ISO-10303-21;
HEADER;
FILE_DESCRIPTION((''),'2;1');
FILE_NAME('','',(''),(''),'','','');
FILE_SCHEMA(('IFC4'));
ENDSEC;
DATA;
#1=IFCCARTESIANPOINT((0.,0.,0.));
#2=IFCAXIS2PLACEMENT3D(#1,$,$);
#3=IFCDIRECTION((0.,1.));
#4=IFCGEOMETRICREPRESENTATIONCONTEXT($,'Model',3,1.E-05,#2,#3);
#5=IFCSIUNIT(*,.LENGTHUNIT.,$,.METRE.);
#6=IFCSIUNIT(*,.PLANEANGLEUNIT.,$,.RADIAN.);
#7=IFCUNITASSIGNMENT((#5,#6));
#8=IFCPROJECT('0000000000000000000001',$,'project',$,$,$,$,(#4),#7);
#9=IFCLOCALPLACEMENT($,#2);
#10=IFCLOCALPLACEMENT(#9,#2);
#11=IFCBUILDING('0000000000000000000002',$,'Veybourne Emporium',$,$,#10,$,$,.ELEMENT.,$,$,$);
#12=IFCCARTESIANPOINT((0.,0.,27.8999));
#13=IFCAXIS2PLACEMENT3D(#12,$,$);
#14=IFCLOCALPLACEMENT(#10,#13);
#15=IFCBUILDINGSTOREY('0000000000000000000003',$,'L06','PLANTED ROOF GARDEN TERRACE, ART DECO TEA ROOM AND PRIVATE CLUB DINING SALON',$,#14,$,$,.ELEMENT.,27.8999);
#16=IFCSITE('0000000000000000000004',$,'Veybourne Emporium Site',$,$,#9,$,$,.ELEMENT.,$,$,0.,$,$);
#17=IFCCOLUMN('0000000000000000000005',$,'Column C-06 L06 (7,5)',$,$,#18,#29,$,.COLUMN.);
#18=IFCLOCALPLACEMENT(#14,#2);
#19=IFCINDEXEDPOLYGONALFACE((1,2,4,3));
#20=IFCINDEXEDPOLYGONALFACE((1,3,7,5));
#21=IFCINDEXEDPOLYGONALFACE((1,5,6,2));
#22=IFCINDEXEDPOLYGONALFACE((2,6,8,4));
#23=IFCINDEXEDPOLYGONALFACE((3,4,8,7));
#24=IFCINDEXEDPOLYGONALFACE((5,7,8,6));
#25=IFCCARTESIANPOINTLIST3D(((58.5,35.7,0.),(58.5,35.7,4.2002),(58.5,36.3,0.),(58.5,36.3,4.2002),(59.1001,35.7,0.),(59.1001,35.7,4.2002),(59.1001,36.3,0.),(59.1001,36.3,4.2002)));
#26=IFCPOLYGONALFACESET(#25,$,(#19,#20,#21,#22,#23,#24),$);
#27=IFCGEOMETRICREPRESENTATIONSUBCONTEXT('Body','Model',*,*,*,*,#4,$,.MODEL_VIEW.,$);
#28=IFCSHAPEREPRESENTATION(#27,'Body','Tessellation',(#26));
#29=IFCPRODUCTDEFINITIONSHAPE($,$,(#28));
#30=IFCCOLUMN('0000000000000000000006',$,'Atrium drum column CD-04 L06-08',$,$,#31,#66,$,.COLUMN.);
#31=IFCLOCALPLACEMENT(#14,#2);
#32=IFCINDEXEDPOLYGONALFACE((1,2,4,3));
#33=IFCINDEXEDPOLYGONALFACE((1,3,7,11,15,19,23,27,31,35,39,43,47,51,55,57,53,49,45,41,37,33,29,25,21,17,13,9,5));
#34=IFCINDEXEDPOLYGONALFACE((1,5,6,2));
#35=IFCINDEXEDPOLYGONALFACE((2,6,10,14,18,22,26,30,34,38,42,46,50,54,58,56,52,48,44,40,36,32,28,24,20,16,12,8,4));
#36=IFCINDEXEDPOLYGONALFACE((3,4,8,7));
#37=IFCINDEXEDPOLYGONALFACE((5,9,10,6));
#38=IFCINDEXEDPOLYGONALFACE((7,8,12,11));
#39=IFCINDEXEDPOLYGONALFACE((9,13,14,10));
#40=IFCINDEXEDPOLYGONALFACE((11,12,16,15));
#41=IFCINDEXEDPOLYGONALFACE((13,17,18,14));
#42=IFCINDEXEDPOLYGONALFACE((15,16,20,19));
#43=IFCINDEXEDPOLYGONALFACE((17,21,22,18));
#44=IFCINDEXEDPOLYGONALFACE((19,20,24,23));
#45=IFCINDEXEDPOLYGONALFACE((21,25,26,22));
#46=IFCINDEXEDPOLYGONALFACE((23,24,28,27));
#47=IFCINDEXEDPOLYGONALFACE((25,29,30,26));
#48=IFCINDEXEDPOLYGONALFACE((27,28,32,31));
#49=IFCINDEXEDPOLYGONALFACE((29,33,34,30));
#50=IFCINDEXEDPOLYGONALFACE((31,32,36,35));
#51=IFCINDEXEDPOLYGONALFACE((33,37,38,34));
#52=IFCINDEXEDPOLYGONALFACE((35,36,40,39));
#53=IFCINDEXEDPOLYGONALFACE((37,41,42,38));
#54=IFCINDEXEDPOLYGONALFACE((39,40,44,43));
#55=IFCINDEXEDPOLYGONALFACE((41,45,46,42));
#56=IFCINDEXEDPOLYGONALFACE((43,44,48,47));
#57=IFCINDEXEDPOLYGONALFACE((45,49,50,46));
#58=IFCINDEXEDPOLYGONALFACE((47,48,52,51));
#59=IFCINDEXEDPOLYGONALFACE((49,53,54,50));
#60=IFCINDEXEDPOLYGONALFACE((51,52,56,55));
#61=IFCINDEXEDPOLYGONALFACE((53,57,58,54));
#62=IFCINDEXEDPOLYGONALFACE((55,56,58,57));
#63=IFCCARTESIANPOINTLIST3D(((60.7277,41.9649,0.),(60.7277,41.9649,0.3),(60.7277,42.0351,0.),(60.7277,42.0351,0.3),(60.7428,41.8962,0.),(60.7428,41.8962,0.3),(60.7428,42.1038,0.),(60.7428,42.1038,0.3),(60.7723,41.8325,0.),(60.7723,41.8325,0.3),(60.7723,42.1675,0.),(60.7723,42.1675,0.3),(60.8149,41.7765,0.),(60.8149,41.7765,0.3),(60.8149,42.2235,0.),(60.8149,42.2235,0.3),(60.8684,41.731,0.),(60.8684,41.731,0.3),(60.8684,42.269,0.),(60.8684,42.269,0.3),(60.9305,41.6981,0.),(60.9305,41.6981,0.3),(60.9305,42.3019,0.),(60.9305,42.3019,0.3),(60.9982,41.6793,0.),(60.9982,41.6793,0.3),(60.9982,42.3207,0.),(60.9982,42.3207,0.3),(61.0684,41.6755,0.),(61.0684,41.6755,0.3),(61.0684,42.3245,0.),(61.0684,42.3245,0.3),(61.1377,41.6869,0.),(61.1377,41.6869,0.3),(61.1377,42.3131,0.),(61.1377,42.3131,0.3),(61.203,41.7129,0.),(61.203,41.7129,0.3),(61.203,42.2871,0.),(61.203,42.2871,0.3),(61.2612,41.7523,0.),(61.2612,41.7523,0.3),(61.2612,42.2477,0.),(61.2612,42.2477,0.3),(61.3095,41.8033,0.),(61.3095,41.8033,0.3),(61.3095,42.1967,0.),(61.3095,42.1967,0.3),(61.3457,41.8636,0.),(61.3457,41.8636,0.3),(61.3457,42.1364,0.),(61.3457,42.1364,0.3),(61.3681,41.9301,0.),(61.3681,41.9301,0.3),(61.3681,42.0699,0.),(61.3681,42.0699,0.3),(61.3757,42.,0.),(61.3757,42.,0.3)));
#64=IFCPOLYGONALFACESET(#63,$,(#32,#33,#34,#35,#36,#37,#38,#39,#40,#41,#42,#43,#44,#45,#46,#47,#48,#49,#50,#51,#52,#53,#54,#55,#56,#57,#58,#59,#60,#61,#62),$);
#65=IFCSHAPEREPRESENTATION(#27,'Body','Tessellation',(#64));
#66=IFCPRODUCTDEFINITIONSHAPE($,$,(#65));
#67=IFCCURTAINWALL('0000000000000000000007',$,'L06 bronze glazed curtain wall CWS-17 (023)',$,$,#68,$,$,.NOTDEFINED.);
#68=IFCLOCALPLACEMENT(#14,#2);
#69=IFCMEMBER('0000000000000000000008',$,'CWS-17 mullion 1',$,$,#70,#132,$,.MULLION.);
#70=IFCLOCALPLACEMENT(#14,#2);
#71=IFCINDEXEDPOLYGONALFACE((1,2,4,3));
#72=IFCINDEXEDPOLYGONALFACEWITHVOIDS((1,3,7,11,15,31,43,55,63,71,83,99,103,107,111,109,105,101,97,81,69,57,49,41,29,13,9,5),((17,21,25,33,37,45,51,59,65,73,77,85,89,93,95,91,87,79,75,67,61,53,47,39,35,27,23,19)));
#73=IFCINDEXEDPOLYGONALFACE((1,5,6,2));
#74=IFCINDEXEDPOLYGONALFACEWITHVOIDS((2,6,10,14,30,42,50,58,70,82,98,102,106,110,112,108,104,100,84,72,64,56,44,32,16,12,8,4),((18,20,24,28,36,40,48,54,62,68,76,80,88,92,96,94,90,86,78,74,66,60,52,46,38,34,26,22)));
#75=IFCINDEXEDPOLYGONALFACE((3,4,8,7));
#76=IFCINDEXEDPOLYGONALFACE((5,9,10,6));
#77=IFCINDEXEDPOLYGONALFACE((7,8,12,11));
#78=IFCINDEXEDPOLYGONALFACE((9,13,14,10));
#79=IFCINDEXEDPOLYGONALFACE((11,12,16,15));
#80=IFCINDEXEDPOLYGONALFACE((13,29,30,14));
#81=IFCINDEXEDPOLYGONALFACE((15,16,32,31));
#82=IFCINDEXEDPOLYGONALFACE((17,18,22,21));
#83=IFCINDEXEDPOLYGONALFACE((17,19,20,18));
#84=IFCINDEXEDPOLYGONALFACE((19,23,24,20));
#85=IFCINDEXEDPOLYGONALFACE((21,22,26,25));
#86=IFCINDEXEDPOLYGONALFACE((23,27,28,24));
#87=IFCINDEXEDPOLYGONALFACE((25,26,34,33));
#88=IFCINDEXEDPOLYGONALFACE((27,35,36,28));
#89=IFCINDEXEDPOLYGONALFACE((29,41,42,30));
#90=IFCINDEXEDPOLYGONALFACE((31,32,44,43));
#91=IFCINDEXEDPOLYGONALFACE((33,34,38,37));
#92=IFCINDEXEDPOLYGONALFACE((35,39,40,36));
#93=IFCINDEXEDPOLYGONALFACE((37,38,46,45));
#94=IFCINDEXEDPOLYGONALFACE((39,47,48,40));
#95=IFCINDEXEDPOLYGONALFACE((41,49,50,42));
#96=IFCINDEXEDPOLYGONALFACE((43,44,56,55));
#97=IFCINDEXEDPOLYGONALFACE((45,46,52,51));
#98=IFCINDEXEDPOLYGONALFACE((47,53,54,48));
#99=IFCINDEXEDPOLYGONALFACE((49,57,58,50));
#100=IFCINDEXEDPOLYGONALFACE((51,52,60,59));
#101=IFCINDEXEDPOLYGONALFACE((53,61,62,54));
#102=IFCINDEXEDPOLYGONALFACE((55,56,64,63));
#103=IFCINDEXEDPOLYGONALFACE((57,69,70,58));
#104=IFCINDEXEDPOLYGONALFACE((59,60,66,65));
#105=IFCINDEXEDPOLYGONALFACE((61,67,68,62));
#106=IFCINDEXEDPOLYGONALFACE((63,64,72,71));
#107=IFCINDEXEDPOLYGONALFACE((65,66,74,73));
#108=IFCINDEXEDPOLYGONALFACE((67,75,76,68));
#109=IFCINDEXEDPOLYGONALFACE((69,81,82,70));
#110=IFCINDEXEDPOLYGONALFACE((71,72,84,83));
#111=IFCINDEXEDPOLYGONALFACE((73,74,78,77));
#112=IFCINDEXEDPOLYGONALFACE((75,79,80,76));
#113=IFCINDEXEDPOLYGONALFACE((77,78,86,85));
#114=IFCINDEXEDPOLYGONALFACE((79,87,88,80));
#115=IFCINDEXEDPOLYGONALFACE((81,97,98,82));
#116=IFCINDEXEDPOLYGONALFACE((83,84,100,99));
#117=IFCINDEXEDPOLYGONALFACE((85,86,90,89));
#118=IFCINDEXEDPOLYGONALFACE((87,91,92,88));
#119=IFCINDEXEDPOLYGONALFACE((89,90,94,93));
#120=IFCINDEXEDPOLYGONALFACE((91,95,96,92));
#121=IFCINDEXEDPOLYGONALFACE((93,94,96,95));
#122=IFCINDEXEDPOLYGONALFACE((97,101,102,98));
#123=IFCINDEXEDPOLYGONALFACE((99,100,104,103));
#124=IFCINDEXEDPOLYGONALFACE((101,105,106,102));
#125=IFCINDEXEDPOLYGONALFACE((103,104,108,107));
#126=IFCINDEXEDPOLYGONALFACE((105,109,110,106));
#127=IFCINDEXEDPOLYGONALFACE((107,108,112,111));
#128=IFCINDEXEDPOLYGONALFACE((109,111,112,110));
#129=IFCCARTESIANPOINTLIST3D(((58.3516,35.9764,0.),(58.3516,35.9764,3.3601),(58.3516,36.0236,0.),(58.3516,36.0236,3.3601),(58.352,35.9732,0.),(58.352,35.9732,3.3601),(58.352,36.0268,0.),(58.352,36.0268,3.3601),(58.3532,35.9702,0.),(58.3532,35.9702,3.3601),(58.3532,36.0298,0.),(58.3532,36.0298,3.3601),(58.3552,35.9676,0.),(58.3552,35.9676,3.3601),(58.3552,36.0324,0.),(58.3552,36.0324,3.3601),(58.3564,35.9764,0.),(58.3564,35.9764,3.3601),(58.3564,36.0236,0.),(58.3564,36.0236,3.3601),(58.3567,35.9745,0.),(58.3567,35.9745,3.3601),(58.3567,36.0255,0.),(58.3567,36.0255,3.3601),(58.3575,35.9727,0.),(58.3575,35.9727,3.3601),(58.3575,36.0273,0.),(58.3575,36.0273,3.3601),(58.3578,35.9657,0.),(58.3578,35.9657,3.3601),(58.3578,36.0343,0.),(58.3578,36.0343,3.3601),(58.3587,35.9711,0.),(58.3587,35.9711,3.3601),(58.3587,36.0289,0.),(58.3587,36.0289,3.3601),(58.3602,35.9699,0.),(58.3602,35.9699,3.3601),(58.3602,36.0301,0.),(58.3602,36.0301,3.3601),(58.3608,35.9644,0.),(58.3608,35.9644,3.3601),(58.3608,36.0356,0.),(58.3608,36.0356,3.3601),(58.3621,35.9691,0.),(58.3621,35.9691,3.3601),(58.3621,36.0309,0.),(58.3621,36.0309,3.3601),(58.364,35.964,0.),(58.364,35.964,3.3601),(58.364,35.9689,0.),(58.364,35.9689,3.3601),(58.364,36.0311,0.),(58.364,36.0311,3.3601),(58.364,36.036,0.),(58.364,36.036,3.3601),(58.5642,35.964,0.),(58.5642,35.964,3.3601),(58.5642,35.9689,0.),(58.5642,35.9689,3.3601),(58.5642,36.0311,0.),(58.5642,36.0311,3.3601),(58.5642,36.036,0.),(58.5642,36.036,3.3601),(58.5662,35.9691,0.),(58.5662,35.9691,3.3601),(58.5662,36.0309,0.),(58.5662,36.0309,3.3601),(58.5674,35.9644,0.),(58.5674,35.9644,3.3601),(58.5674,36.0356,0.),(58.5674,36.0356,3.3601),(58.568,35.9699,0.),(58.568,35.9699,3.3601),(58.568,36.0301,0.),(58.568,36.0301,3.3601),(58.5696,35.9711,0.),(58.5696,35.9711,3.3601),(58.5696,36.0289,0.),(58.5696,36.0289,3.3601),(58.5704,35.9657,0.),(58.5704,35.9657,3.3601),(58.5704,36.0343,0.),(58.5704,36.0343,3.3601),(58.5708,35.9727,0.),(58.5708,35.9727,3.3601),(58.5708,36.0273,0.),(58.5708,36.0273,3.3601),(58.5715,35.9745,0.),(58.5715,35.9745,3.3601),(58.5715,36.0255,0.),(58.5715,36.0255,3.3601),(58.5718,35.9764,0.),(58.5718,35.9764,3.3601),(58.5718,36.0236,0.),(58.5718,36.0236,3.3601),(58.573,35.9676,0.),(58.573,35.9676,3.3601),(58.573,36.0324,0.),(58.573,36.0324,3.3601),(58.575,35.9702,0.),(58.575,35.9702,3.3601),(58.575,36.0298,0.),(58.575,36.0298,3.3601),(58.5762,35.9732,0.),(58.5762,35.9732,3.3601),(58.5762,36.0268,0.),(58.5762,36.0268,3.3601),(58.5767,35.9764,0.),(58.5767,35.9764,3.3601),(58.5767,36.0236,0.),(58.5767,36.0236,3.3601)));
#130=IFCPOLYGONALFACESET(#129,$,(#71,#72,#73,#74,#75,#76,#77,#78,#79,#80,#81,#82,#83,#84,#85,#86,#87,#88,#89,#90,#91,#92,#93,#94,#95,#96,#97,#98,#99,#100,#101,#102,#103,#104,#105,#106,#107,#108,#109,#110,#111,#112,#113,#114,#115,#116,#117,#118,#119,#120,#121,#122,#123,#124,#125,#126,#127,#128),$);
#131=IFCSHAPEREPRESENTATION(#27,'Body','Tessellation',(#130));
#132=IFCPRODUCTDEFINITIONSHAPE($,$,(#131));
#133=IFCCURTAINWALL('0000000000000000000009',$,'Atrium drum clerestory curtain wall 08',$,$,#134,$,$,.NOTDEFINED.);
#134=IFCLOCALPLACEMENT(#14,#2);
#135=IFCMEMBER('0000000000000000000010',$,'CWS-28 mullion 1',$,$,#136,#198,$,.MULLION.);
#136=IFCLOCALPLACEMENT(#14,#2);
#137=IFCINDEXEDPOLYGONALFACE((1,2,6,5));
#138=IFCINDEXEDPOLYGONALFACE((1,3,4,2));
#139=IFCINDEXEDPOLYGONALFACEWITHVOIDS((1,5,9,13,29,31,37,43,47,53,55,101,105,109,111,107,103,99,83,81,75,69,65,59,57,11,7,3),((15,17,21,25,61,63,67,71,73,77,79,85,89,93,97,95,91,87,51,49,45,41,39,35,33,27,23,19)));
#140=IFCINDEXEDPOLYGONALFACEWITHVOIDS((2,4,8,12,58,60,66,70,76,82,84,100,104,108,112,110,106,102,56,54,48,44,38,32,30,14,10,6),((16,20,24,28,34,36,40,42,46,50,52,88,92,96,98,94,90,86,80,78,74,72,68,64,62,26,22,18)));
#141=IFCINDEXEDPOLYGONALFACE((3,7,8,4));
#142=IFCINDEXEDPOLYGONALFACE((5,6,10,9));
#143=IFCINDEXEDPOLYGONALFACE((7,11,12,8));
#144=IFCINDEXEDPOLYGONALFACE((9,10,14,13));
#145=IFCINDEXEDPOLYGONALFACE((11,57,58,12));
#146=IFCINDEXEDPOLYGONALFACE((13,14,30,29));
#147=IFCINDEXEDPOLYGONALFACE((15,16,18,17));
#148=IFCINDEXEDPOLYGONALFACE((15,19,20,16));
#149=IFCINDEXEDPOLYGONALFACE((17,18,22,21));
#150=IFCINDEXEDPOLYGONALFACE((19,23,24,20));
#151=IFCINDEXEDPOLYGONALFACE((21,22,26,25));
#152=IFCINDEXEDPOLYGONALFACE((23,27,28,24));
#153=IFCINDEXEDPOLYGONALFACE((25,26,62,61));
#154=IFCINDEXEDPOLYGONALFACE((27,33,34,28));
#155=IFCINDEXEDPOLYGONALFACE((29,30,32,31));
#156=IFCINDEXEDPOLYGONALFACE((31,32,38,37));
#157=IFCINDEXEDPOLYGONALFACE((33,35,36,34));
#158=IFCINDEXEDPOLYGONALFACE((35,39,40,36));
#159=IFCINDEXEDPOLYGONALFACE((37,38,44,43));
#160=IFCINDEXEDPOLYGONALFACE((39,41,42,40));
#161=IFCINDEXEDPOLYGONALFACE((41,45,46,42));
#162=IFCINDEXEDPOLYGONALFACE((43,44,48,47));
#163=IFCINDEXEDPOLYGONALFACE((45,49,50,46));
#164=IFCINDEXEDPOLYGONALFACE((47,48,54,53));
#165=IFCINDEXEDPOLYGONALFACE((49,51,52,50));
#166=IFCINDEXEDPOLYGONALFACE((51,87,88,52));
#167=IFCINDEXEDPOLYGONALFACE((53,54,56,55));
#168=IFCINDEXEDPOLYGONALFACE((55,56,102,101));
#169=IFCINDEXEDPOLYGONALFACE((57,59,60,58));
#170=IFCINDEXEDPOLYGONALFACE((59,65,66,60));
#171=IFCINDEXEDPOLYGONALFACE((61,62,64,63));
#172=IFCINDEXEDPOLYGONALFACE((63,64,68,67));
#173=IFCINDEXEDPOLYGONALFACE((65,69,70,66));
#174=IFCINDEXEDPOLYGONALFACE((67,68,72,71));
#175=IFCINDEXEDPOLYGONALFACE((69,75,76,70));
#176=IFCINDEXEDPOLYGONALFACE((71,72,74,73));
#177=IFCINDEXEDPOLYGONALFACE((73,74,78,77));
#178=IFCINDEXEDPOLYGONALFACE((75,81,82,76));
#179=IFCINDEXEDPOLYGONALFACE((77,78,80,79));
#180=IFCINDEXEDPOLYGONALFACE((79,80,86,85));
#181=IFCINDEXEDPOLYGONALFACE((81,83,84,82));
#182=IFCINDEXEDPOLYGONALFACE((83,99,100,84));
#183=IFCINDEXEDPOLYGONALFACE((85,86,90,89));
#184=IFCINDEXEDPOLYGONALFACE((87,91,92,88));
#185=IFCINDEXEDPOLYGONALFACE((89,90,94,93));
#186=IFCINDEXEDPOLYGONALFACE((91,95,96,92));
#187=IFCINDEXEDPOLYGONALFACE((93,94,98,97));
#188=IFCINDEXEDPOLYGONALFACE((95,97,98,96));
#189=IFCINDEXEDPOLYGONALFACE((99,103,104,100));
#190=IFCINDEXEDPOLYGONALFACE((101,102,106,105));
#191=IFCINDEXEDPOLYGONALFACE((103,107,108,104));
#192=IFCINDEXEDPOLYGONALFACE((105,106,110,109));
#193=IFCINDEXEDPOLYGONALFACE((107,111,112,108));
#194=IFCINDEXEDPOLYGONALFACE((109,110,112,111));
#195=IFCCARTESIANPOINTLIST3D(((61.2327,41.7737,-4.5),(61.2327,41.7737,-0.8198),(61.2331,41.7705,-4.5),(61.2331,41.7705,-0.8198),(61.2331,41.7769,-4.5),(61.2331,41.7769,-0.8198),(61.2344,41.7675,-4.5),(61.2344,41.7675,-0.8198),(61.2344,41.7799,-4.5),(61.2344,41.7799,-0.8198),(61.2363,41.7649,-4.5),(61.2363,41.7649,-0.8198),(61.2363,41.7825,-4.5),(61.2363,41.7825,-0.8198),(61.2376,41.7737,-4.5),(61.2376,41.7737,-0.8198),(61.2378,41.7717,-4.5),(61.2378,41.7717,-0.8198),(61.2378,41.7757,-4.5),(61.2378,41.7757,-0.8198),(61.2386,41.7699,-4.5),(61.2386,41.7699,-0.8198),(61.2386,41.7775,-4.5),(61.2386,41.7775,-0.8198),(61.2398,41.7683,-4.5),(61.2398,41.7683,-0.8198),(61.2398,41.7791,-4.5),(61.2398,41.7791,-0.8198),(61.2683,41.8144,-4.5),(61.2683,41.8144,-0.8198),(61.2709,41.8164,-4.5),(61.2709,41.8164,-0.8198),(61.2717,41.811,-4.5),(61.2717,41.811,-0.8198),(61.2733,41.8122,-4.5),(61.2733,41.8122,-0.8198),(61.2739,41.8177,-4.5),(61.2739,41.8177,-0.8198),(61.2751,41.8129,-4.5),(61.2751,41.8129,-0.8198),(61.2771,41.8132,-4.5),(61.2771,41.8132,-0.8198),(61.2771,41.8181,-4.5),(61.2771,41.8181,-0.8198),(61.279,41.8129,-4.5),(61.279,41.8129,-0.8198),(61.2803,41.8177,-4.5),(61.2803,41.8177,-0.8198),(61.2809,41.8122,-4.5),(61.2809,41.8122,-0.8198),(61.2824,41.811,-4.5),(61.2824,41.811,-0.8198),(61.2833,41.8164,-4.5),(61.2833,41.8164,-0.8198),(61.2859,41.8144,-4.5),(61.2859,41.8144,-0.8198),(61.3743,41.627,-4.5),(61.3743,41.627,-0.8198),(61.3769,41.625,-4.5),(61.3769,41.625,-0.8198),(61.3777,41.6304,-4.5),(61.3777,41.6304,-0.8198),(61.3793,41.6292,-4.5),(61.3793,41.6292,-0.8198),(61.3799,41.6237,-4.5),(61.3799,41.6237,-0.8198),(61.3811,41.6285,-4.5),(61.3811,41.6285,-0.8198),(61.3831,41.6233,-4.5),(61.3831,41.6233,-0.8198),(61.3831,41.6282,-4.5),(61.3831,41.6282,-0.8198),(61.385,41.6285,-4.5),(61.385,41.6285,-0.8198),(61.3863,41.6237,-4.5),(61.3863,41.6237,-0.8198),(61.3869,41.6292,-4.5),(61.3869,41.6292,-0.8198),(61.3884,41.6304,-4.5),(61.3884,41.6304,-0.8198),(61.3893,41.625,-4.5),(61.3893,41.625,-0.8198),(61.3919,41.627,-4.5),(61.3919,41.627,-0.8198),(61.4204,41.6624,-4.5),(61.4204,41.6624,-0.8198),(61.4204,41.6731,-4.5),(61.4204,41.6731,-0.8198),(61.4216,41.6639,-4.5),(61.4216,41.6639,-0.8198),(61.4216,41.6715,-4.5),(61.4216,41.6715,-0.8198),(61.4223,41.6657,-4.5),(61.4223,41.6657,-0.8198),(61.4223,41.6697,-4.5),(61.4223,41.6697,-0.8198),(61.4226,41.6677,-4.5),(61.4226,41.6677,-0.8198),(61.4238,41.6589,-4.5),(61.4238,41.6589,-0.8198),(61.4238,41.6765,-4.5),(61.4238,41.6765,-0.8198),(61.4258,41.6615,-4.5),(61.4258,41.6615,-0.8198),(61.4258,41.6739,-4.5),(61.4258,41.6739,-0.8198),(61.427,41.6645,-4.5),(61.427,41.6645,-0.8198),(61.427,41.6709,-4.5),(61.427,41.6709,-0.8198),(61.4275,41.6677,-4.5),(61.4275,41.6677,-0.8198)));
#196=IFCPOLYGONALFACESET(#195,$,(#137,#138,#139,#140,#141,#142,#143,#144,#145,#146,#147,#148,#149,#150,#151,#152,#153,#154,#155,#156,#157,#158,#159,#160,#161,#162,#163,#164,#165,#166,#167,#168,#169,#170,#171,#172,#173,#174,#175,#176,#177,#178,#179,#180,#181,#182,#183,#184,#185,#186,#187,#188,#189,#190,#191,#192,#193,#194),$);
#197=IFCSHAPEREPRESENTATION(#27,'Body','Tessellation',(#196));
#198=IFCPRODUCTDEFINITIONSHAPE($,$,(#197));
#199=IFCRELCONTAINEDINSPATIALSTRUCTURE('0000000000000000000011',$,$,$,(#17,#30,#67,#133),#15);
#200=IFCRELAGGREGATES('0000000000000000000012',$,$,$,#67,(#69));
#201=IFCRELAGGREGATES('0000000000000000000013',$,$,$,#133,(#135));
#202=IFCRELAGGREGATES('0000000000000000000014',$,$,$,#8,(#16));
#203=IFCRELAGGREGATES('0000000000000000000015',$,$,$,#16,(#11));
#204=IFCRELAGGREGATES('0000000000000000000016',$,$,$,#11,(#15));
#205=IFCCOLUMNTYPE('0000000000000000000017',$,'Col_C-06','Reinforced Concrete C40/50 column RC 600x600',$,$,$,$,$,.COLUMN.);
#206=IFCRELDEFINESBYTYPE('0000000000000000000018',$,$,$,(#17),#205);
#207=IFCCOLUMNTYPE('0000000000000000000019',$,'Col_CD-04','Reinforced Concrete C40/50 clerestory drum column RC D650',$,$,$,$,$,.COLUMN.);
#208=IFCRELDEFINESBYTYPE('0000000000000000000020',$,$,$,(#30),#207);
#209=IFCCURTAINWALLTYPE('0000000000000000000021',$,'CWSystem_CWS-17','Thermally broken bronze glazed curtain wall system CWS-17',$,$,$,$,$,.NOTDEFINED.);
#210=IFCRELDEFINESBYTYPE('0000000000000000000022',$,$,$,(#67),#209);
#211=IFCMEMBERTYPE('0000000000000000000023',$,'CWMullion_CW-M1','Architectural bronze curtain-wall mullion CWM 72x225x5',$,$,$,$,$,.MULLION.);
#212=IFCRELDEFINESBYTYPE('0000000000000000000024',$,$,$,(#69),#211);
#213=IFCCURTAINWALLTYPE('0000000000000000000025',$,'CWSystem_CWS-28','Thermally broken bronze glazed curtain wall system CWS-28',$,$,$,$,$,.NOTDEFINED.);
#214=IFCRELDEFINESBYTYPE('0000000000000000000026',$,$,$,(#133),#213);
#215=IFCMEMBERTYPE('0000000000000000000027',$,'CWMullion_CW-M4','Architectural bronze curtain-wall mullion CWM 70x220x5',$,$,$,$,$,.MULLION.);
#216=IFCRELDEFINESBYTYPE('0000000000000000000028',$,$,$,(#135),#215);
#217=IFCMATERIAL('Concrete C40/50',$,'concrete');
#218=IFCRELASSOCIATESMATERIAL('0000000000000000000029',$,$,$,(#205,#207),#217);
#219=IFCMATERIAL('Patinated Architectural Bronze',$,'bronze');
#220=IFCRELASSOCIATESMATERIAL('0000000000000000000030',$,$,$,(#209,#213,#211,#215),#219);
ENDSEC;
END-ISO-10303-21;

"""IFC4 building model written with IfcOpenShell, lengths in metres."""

from ifc_helpers import new_model, si_unit, direction, frame, origin, origin_2d, place, context, subcontext, project, spatial, rectangle, hollow_rectangle, circle, extrude, material, material_profile, profile_set, type_object, element, aggregate, save


model = new_model("IFC4")

# Units and contexts
model_context = context("Model", 3, precision=1e-05, world=origin(), true_north=direction((0.0, 1.0)))
body_context = subcontext(model_context, "Body", "Model", "MODEL_VIEW")
ifc_project = project(units=[si_unit("LENGTHUNIT", "METRE"), si_unit("PLANEANGLEUNIT", "RADIAN")], contexts=[model_context])

# Site, building, storey
site_placement = place(None, origin())
site = spatial("IfcSite", under=ifc_project, at=site_placement, Name="Veybourne Emporium Site", CompositionType="ELEMENT", RefElevation=0.0)
building_placement = place(site_placement, origin())
building = spatial("IfcBuilding", under=site, at=building_placement, Name="Veybourne Emporium", CompositionType="ELEMENT")
storey_placement = place(building_placement, frame((0.0, 0.0, 27.8999)))
storey = spatial("IfcBuildingStorey", under=building, at=storey_placement, Name="L06", Description="PLANTED ROOF GARDEN TERRACE, ART DECO TEA ROOM AND PRIVATE CLUB DINING SALON", CompositionType="ELEMENT", Elevation=27.8999)

# Columns
ifc_material_1 = material(Name="Concrete C40/50", Category="concrete")
ifc_material_profile_1 = material_profile(ifc_material_1, rectangle(XDim=0.6001, YDim=0.6001, at=origin_2d()), Name="RC 600x600")
ifc_profile_set_1 = profile_set([ifc_material_profile_1], Name="Concrete C40/50")
column_type_1 = type_object("IfcColumnType", Name="Col_C-06", Description="Reinforced Concrete C40/50 column RC 600x600", PredefinedType="COLUMN", material=ifc_profile_set_1)
column_1_placement = place(storey_placement, frame((58.8, 36.0, 0.0), z_axis=(0.0, 0.0, 1.0), x_axis=(1.0, 0.0, 0.0)))
element("IfcColumn", 1, at=column_1_placement, inside=storey, type_object=column_type_1, Name="Column C-06 L06 (7,5)", PredefinedType="COLUMN", context=body_context, shape_type="SweptSolid", body=[
    extrude(rectangle(XDim=0.6001, YDim=0.6001, at=origin_2d()), origin(), (0.0, 0.0, 1.0), 4.2002),
])
ifc_material_profile_2 = material_profile(ifc_material_1, circle(Radius=0.325, at=origin_2d()), Name="RC D650")
ifc_profile_set_2 = profile_set([ifc_material_profile_2], Name="Concrete C40/50")
column_type_2 = type_object("IfcColumnType", Name="Col_CD-04", Description="Reinforced Concrete C40/50 clerestory drum column RC D650", PredefinedType="COLUMN", material=ifc_profile_set_2)
column_2_placement = place(storey_placement, frame((61.0508, 42.0, 0.0), z_axis=(0.0, 0.0, 1.0), x_axis=(1.0, 0.0, 0.0)))
element("IfcColumn", 2, at=column_2_placement, inside=storey, type_object=column_type_2, Name="Atrium drum column CD-04 L06-08", PredefinedType="COLUMN", context=body_context, shape_type="SweptSolid", body=[
    extrude(circle(Radius=0.325, at=origin_2d()), origin(), (0.0, 0.0, 1.0), 0.3),
])

# Curtain wall, member
ifc_material_2 = material(Name="Patinated Architectural Bronze", Category="bronze")
curtain_wall_type_1 = type_object("IfcCurtainWallType", Name="CWSystem_CWS-17", Description="Thermally broken bronze glazed curtain wall system CWS-17", PredefinedType="NOTDEFINED", material=ifc_material_2)
curtain_wall_1_placement = place(storey_placement, origin())
curtain_wall_1 = element("IfcCurtainWall", 3, at=curtain_wall_1_placement, inside=storey, type_object=curtain_wall_type_1, Name="L06 bronze glazed curtain wall CWS-17 (023)", PredefinedType="NOTDEFINED")
ifc_material_profile_3 = material_profile(ifc_material_2, hollow_rectangle(XDim=0.072, YDim=0.2251, WallThickness=0.0049, InnerFilletRadius=0.0076, OuterFilletRadius=0.0125, at=origin_2d()), Name="CWM 72x225x5")
ifc_profile_set_3 = profile_set([ifc_material_profile_3], Name="Patinated Architectural Bronze")
member_type_1 = type_object("IfcMemberType", Name="CWMullion_CW-M1", Description="Architectural bronze curtain-wall mullion CWM 72x225x5", PredefinedType="MULLION", material=ifc_profile_set_3)
member_1_placement = place(storey_placement, frame((58.4641, 36.0, 0.0), z_axis=(0.0, 0.0, 1.0), x_axis=(0.0, -1.0, 0.0)))
member_1 = element("IfcMember", 4, at=member_1_placement, type_object=member_type_1, Name="CWS-17 mullion 1", PredefinedType="MULLION", context=body_context, shape_type="SweptSolid", body=[
    extrude(hollow_rectangle(XDim=0.072, YDim=0.2251, WallThickness=0.0049, InnerFilletRadius=0.0076, OuterFilletRadius=0.0125, at=origin_2d()), origin(), (0.0, 0.0, 1.0), 3.3601),
])

# Curtain wall, member
curtain_wall_type_2 = type_object("IfcCurtainWallType", Name="CWSystem_CWS-28", Description="Thermally broken bronze glazed curtain wall system CWS-28", PredefinedType="NOTDEFINED", material=ifc_material_2)
curtain_wall_2_placement = place(storey_placement, origin())
curtain_wall_2 = element("IfcCurtainWall", 5, at=curtain_wall_2_placement, inside=storey, type_object=curtain_wall_type_2, Name="Atrium drum clerestory curtain wall 08", PredefinedType="NOTDEFINED")
ifc_material_profile_4 = material_profile(ifc_material_2, hollow_rectangle(XDim=0.0701, YDim=0.22, WallThickness=0.0049, InnerFilletRadius=0.0076, OuterFilletRadius=0.0125, at=origin_2d()), Name="CWM 70x220x5")
ifc_profile_set_4 = profile_set([ifc_material_profile_4], Name="Patinated Architectural Bronze")
member_type_2 = type_object("IfcMemberType", Name="CWMullion_CW-M4", Description="Architectural bronze curtain-wall mullion CWM 70x220x5", PredefinedType="MULLION", material=ifc_profile_set_4)
member_2_placement = place(storey_placement, frame((61.3301, 41.7207, -4.5), z_axis=(0.0, 0.0, 1.0), x_axis=(0.707107, 0.707107, 0.0)))
member_2 = element("IfcMember", 6, at=member_2_placement, type_object=member_type_2, Name="CWS-28 mullion 1", PredefinedType="MULLION", context=body_context, shape_type="SweptSolid", body=[
    extrude(hollow_rectangle(XDim=0.0701, YDim=0.22, WallThickness=0.0049, InnerFilletRadius=0.0076, OuterFilletRadius=0.0125, at=origin_2d()), origin(), (0.0, 0.0, 1.0), 3.6802),
])

aggregate(curtain_wall_1, [member_1])
aggregate(curtain_wall_2, [member_2])

save(model, "model.ifc")
